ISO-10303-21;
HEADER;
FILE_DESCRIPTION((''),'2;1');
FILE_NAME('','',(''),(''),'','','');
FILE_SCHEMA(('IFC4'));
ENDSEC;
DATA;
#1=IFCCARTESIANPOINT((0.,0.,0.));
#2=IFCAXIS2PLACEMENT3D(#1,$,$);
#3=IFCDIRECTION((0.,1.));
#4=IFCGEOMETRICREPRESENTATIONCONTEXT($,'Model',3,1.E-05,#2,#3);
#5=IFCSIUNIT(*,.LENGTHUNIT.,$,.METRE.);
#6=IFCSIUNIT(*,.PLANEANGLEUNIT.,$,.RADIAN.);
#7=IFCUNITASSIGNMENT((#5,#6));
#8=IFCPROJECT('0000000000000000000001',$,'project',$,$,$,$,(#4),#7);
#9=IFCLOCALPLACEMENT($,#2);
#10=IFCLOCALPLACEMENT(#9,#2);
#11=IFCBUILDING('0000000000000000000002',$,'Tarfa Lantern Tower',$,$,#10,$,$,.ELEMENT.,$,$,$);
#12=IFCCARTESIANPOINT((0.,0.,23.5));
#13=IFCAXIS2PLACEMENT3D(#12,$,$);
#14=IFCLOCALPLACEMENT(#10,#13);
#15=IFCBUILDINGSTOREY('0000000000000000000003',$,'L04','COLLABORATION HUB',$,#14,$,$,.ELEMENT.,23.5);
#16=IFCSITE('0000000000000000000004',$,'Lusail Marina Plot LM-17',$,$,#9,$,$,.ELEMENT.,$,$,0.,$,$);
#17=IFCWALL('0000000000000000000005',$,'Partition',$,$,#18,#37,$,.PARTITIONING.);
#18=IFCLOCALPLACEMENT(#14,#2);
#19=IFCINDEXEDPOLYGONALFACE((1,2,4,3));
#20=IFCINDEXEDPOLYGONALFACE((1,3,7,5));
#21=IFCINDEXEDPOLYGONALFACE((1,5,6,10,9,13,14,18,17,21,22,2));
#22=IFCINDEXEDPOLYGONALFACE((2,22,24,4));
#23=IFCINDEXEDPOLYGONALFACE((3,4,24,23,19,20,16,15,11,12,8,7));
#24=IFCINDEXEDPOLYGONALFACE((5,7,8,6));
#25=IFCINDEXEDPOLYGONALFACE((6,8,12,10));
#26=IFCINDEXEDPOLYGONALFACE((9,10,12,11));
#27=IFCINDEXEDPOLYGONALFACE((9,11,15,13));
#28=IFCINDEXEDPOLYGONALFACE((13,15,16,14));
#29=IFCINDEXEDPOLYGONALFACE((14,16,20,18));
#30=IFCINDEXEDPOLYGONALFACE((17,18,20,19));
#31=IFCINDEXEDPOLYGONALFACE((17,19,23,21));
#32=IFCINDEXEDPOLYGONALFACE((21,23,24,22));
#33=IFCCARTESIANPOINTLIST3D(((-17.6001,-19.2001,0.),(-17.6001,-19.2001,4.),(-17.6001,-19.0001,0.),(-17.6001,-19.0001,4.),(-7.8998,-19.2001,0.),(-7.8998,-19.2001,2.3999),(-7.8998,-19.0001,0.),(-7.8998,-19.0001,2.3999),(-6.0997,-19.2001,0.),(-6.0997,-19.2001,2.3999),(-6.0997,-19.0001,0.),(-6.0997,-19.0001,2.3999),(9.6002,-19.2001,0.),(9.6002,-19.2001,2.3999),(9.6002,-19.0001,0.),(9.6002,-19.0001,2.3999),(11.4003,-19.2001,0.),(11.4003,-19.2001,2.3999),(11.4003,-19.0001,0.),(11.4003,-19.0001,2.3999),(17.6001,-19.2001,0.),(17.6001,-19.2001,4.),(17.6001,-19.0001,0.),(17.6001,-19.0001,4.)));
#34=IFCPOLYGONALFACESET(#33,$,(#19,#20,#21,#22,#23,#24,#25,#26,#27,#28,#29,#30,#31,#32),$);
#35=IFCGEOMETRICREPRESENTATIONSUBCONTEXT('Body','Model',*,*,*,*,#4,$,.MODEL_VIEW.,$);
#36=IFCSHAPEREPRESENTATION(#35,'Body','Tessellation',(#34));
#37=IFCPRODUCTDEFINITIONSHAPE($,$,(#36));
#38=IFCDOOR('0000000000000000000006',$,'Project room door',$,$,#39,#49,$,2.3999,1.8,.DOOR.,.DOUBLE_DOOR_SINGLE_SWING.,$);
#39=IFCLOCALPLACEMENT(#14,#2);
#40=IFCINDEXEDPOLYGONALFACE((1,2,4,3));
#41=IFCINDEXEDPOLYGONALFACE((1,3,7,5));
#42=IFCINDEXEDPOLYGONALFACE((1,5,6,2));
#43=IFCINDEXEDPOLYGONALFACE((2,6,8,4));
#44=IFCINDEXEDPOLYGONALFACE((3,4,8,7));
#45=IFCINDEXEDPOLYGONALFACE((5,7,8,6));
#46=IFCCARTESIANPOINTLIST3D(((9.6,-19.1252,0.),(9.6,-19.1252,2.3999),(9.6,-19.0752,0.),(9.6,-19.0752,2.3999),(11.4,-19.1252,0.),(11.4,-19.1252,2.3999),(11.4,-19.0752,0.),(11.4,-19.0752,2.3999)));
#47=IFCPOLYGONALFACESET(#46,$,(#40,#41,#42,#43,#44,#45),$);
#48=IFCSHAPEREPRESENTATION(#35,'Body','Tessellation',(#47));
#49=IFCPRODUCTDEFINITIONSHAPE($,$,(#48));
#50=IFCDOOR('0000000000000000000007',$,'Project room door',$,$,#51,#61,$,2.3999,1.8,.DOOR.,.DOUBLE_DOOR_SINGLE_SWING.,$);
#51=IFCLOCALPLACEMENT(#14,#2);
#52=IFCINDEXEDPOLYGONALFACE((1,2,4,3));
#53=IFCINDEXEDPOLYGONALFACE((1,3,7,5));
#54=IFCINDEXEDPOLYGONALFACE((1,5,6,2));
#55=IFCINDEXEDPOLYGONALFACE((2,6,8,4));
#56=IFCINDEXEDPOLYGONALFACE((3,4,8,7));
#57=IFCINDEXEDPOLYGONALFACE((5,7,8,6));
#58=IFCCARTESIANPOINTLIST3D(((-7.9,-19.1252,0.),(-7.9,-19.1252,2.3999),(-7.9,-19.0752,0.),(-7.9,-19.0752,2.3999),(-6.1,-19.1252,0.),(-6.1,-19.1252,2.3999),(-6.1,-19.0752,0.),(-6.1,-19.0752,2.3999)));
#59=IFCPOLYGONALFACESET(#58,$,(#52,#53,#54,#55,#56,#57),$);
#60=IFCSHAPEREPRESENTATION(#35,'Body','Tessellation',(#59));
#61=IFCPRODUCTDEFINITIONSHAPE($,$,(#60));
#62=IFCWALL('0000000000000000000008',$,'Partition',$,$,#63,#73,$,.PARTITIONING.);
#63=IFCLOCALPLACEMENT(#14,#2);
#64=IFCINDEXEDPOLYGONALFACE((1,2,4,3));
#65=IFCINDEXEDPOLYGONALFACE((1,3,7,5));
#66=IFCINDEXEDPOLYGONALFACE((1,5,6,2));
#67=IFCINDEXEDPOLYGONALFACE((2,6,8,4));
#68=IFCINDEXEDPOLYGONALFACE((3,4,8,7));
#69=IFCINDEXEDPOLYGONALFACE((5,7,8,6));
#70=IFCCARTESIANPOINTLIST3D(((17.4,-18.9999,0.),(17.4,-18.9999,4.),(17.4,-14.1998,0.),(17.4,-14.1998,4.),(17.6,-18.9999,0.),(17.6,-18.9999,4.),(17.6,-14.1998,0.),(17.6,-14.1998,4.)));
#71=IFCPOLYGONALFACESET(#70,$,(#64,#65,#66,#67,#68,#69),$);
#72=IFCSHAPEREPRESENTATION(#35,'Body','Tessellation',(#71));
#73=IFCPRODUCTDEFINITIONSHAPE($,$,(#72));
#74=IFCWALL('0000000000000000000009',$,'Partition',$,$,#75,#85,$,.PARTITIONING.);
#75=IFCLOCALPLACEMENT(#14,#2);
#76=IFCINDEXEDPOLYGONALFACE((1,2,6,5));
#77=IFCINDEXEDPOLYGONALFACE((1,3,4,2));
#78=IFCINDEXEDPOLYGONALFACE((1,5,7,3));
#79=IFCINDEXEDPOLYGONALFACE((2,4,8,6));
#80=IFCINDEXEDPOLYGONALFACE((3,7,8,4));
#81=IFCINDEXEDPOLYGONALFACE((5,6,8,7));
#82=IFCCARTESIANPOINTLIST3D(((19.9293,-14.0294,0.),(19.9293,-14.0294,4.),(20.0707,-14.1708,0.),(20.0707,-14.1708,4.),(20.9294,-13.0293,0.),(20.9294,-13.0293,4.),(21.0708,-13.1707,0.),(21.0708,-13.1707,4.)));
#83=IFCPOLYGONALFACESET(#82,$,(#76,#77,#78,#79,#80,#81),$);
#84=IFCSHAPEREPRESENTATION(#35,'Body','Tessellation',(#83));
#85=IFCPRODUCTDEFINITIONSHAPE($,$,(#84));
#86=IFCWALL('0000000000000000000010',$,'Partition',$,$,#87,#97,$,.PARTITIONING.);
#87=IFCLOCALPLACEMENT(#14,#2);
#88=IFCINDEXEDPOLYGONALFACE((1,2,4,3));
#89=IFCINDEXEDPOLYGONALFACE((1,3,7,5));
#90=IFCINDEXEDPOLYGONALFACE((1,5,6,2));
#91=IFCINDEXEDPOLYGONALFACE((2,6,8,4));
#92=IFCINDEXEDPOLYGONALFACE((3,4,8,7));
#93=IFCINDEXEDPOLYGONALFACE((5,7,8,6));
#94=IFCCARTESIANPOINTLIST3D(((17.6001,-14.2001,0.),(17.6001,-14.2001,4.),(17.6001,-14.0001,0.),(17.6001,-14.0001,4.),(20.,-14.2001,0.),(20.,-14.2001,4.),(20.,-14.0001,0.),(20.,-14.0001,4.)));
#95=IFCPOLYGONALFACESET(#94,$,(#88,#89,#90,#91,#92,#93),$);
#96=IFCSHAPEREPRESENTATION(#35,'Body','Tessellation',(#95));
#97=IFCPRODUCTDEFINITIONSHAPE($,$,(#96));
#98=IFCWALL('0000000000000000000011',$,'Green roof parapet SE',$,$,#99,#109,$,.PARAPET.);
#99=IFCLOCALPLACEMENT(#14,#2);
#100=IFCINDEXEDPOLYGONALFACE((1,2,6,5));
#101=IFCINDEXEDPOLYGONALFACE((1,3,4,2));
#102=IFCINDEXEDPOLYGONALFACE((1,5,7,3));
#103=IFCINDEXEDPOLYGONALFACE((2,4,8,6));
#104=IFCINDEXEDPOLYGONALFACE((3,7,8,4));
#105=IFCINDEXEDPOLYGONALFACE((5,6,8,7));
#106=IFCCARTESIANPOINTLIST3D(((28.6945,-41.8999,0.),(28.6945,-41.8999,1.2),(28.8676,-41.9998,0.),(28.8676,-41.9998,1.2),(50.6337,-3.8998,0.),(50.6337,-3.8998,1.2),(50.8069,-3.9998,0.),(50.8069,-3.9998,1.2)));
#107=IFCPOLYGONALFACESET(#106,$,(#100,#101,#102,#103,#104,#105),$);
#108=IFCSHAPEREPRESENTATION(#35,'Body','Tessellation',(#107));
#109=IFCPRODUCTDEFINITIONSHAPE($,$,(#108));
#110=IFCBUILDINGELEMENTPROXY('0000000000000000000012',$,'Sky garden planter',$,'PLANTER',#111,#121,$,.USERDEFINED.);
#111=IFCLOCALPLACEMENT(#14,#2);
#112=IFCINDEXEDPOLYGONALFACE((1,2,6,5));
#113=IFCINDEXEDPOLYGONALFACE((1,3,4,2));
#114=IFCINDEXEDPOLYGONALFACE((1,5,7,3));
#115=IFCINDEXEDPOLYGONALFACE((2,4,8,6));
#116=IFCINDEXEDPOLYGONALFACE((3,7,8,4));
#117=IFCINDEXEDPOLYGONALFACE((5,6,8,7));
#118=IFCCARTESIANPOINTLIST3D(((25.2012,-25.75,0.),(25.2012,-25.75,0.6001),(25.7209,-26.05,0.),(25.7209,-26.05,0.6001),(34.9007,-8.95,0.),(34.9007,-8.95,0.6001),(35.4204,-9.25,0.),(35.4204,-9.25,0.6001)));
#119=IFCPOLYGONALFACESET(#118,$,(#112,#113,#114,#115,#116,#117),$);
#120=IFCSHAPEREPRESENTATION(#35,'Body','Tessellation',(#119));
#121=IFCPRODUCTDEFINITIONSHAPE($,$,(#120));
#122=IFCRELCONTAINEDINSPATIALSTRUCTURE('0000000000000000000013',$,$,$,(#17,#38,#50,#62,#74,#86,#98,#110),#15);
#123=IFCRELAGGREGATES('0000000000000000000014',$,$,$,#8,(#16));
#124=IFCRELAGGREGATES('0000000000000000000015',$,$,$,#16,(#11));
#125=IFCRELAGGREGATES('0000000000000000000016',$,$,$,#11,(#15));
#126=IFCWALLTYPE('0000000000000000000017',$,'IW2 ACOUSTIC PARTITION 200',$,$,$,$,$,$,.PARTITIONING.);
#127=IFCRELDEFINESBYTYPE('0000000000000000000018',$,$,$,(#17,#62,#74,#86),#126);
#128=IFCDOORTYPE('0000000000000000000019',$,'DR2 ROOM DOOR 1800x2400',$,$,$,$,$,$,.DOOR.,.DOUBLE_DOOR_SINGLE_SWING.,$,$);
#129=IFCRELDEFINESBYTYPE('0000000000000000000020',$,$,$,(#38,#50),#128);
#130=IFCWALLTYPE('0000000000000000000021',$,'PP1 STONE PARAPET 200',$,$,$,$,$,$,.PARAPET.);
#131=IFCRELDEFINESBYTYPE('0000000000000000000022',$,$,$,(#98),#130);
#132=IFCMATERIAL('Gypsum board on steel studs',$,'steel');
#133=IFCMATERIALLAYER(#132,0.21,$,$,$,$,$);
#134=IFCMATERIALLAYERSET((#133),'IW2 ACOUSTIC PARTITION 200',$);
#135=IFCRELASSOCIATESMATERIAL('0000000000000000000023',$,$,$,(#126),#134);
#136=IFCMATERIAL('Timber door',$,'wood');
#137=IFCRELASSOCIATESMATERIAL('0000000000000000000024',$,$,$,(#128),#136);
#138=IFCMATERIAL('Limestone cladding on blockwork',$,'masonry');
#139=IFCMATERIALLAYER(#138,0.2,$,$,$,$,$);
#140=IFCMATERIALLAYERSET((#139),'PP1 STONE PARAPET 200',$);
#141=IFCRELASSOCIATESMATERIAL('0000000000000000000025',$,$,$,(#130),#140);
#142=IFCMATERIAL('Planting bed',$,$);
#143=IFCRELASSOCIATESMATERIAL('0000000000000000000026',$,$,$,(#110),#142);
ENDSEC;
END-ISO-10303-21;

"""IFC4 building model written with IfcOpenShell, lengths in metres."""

from ifc_helpers import new_model, si_unit, direction, frame, frame_2d, origin, origin_2d, place, context, subcontext, project, spatial, rectangle, extrude, material, layer, layer_set, type_object, element, fill, save


model = new_model("IFC4")

# Units and contexts
model_context = context("Model", 3, precision=1e-05, world=origin(), true_north=direction((0.0, 1.0)))
body_context = subcontext(model_context, "Body", "Model", "MODEL_VIEW")
ifc_project = project(units=[si_unit("LENGTHUNIT", "METRE"), si_unit("PLANEANGLEUNIT", "RADIAN")], contexts=[model_context])

# Site, building, storey
site_placement = place(None, origin())
site = spatial("IfcSite", under=ifc_project, at=site_placement, Name="Lusail Marina Plot LM-17", CompositionType="ELEMENT", RefElevation=0.0)
building_placement = place(site_placement, origin())
building = spatial("IfcBuilding", under=site, at=building_placement, Name="Tarfa Lantern Tower", CompositionType="ELEMENT")
storey_placement = place(building_placement, frame((0.0, 0.0, 23.5)))
storey = spatial("IfcBuildingStorey", under=building, at=storey_placement, Name="L04", Description="COLLABORATION HUB", CompositionType="ELEMENT", Elevation=23.5)

# Shared definitions
ifc_material_1 = material(Name="Limestone cladding on blockwork", Category="masonry")

# Shared definitions
ifc_material_2 = material(Name="Gypsum board on steel studs", Category="steel")
ifc_layer_1 = layer(ifc_material_2, 0.21)
ifc_layer_set_1 = layer_set([ifc_layer_1], Name="IW2 ACOUSTIC PARTITION 200")
wall_type_1 = type_object("IfcWallType", Name="IW2 ACOUSTIC PARTITION 200", PredefinedType="PARTITIONING", material=ifc_layer_set_1)

# Wall, openings, doors
wall_1_placement = place(storey_placement, frame((17.6001, -19.1001, 0.0), z_axis=(0.0, 0.0, 1.0), x_axis=(-1.0, 0.0, 0.0)))
wall_1 = element("IfcWall", 1, at=wall_1_placement, inside=storey, type_object=wall_type_1, Name="Partition", PredefinedType="PARTITIONING", context=body_context, shape_type="SweptSolid", body=[
    extrude(rectangle(XDim=35.2002, YDim=0.2, at=frame_2d((17.6001, 0.0))), origin(), (0.0, 0.0, 1.0), 4.0),
])
opening_1_placement = place(wall_1_placement, frame((6.2, 0.0, 0.0)))
opening_1 = element("IfcOpeningElement", 2, at=opening_1_placement, cuts=wall_1, PredefinedType="OPENING", context=body_context, shape_type="SweptSolid", body=[
    extrude(rectangle(XDim=1.8, YDim=2.3999, at=frame_2d((0.8999, 1.2))), frame((0.0, 0.1099, 0.0), z_axis=(0.0, -1.0, 0.0), x_axis=(1.0, 0.0, 0.0)), (0.0, 0.0, 1.0), 0.22),
])
opening_2_placement = place(wall_1_placement, frame((23.7, 0.0, 0.0)))
opening_2 = element("IfcOpeningElement", 3, at=opening_2_placement, cuts=wall_1, PredefinedType="OPENING", context=body_context, shape_type="SweptSolid", body=[
    extrude(rectangle(XDim=1.8, YDim=2.3999, at=frame_2d((0.8999, 1.2))), frame((0.0, 0.1099, 0.0), z_axis=(0.0, -1.0, 0.0), x_axis=(1.0, 0.0, 0.0)), (0.0, 0.0, 1.0), 0.22),
])
ifc_material_3 = material(Name="Timber door", Category="wood")
door_type_1 = type_object("IfcDoorType", Name="DR2 ROOM DOOR 1800x2400", OperationType="DOUBLE_DOOR_SINGLE_SWING", PredefinedType="DOOR", material=ifc_material_3)
door_1_placement = place(opening_1_placement, frame((1.8, 0.0, 0.0), z_axis=(0.0, 0.0, 1.0), x_axis=(-1.0, 0.0, 0.0)))
door_1 = element("IfcDoor", 4, at=door_1_placement, inside=storey, type_object=door_type_1, Name="Project room door", OperationType="DOUBLE_DOOR_SINGLE_SWING", OverallHeight=2.3999, OverallWidth=1.8, PredefinedType="DOOR", context=body_context, shape_type="SweptSolid", body=[
    extrude(rectangle(XDim=1.8, YDim=2.3999, at=frame_2d((0.8999, 1.2))), frame((0.0, 0.0249, 0.0), z_axis=(0.0, -1.0, 0.0), x_axis=(1.0, 0.0, 0.0)), (0.0, 0.0, 1.0), 0.05),
])
fill(opening_1, door_1)
door_2_placement = place(opening_2_placement, frame((1.8, 0.0, 0.0), z_axis=(0.0, 0.0, 1.0), x_axis=(-1.0, 0.0, 0.0)))
door_2 = element("IfcDoor", 5, at=door_2_placement, inside=storey, type_object=door_type_1, Name="Project room door", OperationType="DOUBLE_DOOR_SINGLE_SWING", OverallHeight=2.3999, OverallWidth=1.8, PredefinedType="DOOR", context=body_context, shape_type="SweptSolid", body=[
    extrude(rectangle(XDim=1.8, YDim=2.3999, at=frame_2d((0.8999, 1.2))), frame((0.0, 0.0249, 0.0), z_axis=(0.0, -1.0, 0.0), x_axis=(1.0, 0.0, 0.0)), (0.0, 0.0, 1.0), 0.05),
])
fill(opening_2, door_2)

# Walls
wall_2_placement = place(storey_placement, frame((17.5, -14.2, 0.0), z_axis=(0.0, 0.0, 1.0), x_axis=(0.0, -1.0, 0.0)))
element("IfcWall", 6, at=wall_2_placement, inside=storey, type_object=wall_type_1, Name="Partition", PredefinedType="PARTITIONING", context=body_context, shape_type="SweptSolid", body=[
    extrude(rectangle(XDim=4.8, YDim=0.2, at=frame_2d((2.3999, 0.0))), origin(), (0.0, 0.0, 1.0), 4.0),
])
wall_3_placement = place(storey_placement, frame((21.0, -13.1001, 0.0), z_axis=(0.0, 0.0, 1.0), x_axis=(-0.707107, -0.707107, 0.0)))
element("IfcWall", 7, at=wall_3_placement, inside=storey, type_object=wall_type_1, Name="Partition", PredefinedType="PARTITIONING", context=body_context, shape_type="SweptSolid", body=[
    extrude(rectangle(XDim=1.4143, YDim=0.2, at=frame_2d((0.707, 0.0))), origin(), (0.0, 0.0, 1.0), 4.0),
])
wall_4_placement = place(storey_placement, frame((20.0, -14.1001, 0.0), z_axis=(0.0, 0.0, 1.0), x_axis=(-1.0, 0.0, 0.0)))
element("IfcWall", 8, at=wall_4_placement, inside=storey, type_object=wall_type_1, Name="Partition", PredefinedType="PARTITIONING", context=body_context, shape_type="SweptSolid", body=[
    extrude(rectangle(XDim=2.3999, YDim=0.2, at=frame_2d((1.2, 0.0))), origin(), (0.0, 0.0, 1.0), 4.0),
])
ifc_layer_2 = layer(ifc_material_1, 0.2)
ifc_layer_set_2 = layer_set([ifc_layer_2], Name="PP1 STONE PARAPET 200")
wall_type_2 = type_object("IfcWallType", Name="PP1 STONE PARAPET 200", PredefinedType="PARAPET", material=ifc_layer_set_2)
wall_5_placement = place(storey_placement, frame((28.781, -41.95, 0.0), z_axis=(0.0, 0.0, 1.0), x_axis=(0.499998, 0.866026, 0.0)))
element("IfcWall", 9, at=wall_5_placement, inside=storey, type_object=wall_type_2, Name="Green roof parapet SE", PredefinedType="PARAPET", context=body_context, shape_type="SweptSolid", body=[
    extrude(rectangle(XDim=43.8787, YDim=0.2, at=frame_2d((21.9395, 0.0))), origin(), (0.0, 0.0, 1.0), 1.2),
])

# Building element proxy
ifc_material_4 = material(Name="Planting bed")
proxy_placement = place(storey_placement, frame((30.3108, -17.5, 0.0), z_axis=(0.0, 0.0, 1.0), x_axis=(0.5, 0.866025, 0.0)))
element("IfcBuildingElementProxy", 10, at=proxy_placement, inside=storey, material=ifc_material_4, Name="Sky garden planter", ObjectType="PLANTER", PredefinedType="USERDEFINED", context=body_context, shape_type="SweptSolid", body=[
    extrude(rectangle(XDim=19.3989, YDim=0.6001, at=origin_2d()), origin(), (0.0, 0.0, 1.0), 0.6001),
])

save(model, "model.ifc")
